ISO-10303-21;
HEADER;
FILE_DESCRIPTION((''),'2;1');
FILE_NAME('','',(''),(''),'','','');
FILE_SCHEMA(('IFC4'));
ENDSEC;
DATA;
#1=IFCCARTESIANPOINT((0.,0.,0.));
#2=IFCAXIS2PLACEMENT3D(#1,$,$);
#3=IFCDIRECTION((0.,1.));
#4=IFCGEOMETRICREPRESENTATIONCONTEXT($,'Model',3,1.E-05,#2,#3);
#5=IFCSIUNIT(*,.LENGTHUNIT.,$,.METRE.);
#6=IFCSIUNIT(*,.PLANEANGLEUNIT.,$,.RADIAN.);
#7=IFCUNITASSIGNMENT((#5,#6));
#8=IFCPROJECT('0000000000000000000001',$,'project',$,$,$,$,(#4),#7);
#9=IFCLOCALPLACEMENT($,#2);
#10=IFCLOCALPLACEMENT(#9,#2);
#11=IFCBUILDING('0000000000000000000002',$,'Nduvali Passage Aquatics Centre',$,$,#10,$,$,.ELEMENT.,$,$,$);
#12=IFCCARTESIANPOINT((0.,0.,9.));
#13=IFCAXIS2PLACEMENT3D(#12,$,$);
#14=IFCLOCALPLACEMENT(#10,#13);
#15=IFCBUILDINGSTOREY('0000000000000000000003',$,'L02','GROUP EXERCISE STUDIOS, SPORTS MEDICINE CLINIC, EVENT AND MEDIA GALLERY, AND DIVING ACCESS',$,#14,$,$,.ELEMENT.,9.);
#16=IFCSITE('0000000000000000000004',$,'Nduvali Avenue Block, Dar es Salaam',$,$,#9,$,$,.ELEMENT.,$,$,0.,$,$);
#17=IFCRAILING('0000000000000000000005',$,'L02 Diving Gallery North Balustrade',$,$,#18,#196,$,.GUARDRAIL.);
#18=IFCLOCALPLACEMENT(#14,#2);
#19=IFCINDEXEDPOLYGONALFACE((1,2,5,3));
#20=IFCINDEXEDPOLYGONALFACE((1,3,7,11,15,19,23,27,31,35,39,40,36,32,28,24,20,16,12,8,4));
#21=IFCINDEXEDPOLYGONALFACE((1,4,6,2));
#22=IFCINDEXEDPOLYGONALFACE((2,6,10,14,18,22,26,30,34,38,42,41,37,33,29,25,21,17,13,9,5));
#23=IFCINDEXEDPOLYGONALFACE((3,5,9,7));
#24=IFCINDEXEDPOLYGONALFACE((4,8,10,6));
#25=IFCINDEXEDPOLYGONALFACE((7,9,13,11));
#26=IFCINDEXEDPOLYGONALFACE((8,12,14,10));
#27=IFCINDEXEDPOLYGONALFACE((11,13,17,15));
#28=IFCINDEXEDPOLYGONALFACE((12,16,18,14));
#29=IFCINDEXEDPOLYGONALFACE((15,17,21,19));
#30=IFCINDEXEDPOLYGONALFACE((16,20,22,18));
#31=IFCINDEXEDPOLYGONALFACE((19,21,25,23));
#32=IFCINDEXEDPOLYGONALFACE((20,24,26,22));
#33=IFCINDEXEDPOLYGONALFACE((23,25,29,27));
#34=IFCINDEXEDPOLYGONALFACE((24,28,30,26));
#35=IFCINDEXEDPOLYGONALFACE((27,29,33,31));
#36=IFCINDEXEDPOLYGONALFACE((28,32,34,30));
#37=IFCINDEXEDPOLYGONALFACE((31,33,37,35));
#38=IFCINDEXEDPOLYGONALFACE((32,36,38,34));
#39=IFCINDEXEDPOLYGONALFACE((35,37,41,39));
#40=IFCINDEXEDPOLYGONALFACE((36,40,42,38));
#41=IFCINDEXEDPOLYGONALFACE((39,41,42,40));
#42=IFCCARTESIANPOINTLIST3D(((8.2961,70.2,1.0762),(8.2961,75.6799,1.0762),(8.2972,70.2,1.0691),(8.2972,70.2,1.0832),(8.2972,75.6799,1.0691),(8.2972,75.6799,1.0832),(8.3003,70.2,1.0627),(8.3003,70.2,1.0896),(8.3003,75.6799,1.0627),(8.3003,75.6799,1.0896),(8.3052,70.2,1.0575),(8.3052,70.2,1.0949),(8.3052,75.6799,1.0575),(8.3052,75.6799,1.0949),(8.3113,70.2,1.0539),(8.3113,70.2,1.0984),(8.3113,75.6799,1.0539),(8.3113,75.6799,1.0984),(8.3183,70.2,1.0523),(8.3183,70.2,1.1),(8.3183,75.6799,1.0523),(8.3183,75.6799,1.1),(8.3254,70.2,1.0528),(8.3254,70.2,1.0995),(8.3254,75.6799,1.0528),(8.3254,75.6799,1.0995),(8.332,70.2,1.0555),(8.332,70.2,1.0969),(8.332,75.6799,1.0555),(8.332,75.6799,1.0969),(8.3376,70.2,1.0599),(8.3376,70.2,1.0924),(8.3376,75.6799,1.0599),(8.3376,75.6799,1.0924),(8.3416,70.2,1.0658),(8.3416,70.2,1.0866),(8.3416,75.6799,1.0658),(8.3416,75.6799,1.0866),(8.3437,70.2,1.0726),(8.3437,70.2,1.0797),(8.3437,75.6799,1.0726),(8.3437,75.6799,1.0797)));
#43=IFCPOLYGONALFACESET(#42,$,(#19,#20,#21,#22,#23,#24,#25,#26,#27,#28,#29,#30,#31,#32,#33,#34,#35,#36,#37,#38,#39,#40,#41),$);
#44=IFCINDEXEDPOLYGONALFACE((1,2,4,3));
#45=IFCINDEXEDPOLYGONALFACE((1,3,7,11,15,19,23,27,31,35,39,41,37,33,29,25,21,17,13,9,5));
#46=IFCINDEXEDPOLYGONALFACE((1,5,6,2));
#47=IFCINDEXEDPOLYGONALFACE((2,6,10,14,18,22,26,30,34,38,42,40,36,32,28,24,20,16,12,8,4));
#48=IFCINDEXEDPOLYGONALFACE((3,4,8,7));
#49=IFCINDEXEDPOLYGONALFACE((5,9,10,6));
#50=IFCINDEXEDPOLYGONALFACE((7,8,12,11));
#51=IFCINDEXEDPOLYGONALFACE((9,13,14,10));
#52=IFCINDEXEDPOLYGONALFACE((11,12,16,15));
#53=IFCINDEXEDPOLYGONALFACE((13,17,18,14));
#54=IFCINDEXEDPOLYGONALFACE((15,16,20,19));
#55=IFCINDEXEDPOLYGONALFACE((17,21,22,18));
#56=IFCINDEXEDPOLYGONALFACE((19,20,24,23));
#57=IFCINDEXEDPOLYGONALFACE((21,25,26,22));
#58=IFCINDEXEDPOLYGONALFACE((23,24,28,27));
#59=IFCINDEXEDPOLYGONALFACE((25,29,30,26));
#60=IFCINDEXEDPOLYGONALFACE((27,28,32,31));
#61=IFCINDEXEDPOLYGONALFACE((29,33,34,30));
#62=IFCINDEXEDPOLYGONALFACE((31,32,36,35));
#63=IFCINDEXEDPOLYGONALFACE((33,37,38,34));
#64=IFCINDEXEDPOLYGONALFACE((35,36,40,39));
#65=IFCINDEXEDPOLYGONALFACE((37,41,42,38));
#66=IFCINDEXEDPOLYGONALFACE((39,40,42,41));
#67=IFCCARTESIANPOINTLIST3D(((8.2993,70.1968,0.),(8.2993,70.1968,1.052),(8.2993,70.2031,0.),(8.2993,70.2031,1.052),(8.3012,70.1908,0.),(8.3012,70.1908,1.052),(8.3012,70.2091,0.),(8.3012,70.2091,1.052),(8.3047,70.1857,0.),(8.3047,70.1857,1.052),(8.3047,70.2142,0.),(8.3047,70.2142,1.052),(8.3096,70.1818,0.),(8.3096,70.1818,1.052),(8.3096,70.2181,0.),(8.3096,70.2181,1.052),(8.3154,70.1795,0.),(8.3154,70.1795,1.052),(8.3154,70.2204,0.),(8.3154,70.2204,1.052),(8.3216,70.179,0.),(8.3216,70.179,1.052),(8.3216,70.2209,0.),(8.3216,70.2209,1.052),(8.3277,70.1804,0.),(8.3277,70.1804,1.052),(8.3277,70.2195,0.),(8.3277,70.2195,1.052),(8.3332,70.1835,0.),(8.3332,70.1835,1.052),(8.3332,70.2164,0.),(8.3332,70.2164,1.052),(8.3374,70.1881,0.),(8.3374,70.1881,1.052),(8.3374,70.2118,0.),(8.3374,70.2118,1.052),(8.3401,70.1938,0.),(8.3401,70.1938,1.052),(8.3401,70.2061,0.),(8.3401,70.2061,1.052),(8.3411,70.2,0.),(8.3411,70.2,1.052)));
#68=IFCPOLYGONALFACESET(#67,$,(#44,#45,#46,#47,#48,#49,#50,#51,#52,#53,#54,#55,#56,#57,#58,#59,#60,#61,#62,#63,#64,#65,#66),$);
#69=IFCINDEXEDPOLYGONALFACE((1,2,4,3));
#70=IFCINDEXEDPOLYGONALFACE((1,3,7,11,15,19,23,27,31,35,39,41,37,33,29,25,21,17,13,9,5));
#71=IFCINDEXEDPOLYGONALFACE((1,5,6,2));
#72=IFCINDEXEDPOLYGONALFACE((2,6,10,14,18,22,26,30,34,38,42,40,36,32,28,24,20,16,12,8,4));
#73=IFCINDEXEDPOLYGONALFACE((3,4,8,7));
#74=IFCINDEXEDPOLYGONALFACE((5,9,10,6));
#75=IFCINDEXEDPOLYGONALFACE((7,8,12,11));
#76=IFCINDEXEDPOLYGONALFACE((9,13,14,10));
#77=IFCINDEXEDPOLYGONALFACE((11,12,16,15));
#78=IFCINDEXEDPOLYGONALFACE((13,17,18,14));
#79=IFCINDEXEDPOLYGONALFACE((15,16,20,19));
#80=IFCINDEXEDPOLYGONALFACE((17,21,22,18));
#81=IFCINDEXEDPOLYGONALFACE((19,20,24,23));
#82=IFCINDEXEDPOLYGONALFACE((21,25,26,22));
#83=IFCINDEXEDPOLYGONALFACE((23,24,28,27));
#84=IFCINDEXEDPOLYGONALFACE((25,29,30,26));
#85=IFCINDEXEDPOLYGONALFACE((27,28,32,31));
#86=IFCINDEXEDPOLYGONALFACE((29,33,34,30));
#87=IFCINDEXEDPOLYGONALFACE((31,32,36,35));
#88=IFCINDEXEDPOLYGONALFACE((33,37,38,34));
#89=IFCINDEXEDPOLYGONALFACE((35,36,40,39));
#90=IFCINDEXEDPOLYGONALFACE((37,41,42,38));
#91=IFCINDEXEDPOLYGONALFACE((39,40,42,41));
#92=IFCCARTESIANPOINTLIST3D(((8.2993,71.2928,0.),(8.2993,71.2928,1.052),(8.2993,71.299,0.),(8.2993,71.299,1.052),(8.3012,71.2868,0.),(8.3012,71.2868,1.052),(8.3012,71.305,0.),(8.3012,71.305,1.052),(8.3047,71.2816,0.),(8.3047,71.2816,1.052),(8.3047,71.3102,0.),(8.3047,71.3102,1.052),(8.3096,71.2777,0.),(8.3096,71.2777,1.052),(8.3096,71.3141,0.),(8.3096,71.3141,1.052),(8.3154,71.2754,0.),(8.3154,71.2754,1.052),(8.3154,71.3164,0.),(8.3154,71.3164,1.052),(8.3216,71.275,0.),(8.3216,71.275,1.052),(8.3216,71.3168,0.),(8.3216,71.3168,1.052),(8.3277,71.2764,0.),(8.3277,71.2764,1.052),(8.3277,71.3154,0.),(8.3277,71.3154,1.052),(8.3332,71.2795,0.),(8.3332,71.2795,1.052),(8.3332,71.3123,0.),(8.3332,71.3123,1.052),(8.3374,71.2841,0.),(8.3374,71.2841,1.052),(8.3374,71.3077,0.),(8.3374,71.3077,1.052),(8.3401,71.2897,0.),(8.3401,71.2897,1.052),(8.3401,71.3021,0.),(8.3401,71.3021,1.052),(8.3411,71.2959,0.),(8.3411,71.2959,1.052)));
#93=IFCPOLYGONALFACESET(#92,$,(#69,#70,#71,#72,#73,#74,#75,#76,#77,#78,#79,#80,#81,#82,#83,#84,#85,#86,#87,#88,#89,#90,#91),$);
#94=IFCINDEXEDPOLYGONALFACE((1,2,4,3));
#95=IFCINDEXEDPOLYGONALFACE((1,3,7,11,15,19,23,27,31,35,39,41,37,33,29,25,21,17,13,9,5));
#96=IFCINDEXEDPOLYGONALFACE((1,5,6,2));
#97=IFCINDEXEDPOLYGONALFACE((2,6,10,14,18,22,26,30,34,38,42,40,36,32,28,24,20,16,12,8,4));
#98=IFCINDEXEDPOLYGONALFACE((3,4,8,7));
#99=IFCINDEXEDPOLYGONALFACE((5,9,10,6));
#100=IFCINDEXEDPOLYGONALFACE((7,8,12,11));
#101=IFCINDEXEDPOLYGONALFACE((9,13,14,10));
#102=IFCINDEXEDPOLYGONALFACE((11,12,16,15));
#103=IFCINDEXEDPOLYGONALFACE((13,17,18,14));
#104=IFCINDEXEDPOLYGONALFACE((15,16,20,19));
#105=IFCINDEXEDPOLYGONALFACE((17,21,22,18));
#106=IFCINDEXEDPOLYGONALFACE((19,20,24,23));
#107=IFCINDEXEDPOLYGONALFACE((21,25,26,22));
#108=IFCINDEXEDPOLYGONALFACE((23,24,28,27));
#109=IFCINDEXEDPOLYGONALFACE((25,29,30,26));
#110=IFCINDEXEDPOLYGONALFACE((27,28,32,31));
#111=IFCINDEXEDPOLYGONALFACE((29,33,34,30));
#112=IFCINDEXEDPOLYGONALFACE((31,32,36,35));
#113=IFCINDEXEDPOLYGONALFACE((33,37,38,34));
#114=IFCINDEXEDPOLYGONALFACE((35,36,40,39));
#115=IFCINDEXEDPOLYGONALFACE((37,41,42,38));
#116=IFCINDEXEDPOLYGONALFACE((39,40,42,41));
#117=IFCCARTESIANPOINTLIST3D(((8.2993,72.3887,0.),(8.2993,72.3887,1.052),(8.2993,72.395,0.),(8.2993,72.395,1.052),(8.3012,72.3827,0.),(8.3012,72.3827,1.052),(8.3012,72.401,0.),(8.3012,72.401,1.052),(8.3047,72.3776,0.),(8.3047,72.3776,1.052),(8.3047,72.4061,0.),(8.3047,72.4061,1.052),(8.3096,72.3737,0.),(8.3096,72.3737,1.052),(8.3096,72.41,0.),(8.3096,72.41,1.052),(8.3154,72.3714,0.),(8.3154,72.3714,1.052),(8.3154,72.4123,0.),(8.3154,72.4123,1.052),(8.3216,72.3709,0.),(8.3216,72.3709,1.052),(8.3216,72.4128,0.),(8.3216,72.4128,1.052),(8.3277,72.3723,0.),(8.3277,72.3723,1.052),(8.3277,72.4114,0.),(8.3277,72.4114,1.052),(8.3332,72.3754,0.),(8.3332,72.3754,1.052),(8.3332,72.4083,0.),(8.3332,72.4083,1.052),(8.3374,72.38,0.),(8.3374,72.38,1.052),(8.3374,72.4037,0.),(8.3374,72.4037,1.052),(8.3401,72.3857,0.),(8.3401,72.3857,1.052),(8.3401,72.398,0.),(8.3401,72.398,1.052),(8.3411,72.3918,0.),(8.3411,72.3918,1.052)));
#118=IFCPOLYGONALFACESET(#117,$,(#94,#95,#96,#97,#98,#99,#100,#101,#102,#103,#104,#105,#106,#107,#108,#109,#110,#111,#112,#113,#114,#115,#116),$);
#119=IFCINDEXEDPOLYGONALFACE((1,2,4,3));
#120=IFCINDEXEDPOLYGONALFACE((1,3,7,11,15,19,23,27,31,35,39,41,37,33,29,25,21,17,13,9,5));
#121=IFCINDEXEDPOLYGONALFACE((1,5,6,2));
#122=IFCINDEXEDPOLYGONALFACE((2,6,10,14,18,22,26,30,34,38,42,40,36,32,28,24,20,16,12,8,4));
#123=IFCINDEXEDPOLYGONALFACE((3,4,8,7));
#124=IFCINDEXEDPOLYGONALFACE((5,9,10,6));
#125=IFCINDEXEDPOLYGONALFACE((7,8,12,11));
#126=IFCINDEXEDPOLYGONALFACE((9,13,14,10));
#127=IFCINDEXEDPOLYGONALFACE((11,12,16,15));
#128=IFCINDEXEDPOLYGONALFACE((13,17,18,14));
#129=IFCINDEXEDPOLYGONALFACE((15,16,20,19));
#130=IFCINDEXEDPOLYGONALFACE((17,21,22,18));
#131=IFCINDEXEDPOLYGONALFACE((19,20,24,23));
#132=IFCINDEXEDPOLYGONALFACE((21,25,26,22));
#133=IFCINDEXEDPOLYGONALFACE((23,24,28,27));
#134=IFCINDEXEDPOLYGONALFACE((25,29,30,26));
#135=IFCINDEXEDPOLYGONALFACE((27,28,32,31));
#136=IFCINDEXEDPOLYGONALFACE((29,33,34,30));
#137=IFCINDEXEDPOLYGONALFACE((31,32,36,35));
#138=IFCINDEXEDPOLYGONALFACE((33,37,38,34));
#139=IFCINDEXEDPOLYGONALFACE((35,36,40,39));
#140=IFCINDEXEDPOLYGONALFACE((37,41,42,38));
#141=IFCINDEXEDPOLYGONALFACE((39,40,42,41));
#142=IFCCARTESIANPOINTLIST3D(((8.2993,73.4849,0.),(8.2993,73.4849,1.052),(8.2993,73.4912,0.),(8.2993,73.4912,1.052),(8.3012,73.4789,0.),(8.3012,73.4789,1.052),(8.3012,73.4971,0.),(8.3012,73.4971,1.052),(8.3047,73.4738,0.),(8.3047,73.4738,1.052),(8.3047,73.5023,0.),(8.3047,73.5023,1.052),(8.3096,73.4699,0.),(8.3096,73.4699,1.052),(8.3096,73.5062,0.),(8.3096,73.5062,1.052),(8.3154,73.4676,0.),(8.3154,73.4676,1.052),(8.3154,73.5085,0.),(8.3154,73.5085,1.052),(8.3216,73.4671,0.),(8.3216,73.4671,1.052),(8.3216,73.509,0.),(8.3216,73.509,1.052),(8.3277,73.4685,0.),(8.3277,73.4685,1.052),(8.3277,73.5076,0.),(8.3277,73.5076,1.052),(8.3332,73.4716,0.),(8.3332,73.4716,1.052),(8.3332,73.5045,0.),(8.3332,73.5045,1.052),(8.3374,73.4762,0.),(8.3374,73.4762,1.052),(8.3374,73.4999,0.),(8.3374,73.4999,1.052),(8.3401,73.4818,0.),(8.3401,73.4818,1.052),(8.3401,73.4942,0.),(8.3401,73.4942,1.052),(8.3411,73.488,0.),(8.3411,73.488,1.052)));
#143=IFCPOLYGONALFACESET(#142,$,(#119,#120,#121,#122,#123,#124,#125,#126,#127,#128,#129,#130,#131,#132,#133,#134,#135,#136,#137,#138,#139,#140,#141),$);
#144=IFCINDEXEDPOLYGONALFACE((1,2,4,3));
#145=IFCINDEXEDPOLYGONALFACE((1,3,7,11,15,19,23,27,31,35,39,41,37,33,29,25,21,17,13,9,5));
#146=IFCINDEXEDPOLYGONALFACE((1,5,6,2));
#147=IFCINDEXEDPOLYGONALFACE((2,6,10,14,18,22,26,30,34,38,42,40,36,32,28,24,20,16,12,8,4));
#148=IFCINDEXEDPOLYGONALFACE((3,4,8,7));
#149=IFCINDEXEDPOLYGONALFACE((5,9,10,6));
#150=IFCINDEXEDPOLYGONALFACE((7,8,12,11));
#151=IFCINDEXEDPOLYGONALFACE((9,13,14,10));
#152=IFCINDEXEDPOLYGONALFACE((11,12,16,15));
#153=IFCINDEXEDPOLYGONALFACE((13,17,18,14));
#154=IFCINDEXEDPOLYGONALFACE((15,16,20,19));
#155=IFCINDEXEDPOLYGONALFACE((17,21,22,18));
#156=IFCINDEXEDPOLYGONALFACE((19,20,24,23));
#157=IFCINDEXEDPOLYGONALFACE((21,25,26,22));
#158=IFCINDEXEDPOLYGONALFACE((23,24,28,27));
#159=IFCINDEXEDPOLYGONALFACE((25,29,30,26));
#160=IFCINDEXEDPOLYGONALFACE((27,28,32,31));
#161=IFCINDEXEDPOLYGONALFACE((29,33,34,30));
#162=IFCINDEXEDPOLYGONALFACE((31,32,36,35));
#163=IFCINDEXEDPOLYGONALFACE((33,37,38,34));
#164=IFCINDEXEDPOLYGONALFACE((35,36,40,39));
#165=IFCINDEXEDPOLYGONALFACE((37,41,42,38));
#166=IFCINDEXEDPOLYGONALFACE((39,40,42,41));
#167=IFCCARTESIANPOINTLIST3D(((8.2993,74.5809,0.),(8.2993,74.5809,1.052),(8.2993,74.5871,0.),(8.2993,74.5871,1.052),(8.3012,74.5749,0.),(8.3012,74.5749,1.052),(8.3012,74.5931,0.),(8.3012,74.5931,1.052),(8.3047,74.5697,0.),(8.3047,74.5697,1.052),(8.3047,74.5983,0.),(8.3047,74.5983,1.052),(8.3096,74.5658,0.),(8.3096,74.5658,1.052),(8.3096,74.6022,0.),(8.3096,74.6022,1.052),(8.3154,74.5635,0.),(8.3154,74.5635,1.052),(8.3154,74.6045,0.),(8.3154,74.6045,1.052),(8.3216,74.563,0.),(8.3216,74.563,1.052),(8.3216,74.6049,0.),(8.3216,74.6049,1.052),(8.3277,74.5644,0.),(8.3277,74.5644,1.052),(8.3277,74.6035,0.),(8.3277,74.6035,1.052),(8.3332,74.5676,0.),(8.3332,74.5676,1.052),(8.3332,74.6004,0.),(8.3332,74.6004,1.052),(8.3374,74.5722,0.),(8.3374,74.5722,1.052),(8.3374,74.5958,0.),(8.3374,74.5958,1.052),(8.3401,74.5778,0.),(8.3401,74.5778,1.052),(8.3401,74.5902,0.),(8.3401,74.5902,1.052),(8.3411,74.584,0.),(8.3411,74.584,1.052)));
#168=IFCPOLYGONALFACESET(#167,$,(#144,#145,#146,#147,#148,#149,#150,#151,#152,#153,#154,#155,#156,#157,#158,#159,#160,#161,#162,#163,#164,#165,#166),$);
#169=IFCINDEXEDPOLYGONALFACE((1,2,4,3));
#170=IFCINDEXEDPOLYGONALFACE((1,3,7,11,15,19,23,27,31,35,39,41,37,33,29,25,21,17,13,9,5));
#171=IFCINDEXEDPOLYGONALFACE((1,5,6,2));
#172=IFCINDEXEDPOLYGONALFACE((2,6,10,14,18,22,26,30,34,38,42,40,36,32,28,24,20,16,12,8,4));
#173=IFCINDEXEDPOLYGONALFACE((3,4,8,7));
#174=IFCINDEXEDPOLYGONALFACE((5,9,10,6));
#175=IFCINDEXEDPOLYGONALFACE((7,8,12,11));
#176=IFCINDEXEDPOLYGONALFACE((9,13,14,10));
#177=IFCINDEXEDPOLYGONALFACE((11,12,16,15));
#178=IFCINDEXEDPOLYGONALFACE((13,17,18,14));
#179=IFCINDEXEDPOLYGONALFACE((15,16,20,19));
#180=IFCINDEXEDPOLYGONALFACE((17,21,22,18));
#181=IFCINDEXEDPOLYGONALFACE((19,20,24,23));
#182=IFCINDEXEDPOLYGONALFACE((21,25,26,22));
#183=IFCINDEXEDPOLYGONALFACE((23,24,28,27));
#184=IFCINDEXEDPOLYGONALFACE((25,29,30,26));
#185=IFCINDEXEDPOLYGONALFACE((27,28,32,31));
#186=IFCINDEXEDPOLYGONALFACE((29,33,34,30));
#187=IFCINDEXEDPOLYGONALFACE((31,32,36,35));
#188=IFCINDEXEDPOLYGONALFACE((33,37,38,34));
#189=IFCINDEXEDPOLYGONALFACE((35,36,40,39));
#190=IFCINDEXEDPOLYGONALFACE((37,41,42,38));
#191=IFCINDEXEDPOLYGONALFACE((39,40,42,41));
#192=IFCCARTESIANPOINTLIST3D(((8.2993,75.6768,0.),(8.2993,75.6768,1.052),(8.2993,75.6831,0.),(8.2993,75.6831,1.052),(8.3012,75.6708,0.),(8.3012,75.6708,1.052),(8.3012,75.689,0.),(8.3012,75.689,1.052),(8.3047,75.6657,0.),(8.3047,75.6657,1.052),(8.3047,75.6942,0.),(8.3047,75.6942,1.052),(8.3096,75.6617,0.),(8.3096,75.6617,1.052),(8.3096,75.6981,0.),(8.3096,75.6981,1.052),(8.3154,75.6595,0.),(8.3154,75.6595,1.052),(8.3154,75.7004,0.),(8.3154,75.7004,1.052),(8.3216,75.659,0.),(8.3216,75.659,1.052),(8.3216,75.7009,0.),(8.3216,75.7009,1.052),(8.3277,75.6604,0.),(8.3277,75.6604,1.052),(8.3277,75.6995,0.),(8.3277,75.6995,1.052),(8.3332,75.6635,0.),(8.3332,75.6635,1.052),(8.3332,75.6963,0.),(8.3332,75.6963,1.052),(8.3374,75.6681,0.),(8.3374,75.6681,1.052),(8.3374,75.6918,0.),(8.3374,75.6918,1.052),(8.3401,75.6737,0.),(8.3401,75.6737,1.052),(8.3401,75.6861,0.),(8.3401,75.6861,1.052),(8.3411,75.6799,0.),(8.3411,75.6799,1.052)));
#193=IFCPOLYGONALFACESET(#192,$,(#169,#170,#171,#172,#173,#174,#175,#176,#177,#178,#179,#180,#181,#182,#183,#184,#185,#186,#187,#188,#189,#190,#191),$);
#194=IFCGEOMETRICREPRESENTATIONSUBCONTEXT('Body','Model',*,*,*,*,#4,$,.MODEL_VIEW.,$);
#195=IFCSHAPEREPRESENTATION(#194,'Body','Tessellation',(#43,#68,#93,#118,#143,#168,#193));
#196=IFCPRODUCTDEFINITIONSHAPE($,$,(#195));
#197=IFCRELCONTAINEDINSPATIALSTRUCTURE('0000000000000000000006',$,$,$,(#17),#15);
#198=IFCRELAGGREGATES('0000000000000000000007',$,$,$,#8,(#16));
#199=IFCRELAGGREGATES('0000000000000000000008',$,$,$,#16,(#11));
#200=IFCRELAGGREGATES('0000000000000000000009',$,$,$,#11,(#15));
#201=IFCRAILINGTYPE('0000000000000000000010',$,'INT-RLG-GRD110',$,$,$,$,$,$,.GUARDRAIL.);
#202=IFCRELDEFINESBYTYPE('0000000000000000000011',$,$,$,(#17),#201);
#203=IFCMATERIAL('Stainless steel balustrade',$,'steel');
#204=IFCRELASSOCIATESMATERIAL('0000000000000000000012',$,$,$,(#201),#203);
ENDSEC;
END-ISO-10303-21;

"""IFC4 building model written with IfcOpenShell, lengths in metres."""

from ifc_helpers import new_model, si_unit, direction, frame, origin, origin_2d, place, context, subcontext, project, spatial, circle, extrude, material, type_object, element, save


model = new_model("IFC4")

# Units and contexts
model_context = context("Model", 3, precision=1e-05, world=origin(), true_north=direction((0.0, 1.0)))
body_context = subcontext(model_context, "Body", "Model", "MODEL_VIEW")
ifc_project = project(units=[si_unit("LENGTHUNIT", "METRE"), si_unit("PLANEANGLEUNIT", "RADIAN")], contexts=[model_context])

# Site, building, storey
site_placement = place(None, origin())
site = spatial("IfcSite", under=ifc_project, at=site_placement, Name="Nduvali Avenue Block, Dar es Salaam", CompositionType="ELEMENT", RefElevation=0.0)
building_placement = place(site_placement, origin())
building = spatial("IfcBuilding", under=site, at=building_placement, Name="Nduvali Passage Aquatics Centre", CompositionType="ELEMENT")
storey_placement = place(building_placement, frame((0.0, 0.0, 9.0)))
storey = spatial("IfcBuildingStorey", under=building, at=storey_placement, Name="L02", Description="GROUP EXERCISE STUDIOS, SPORTS MEDICINE CLINIC, EVENT AND MEDIA GALLERY, AND DIVING ACCESS", CompositionType="ELEMENT", Elevation=9.0)

# Railing
ifc_material_1 = material(Name="Stainless steel balustrade", Category="steel")
railing_type_1 = type_object("IfcRailingType", Name="INT-RLG-GRD110", PredefinedType="GUARDRAIL", material=ifc_material_1)
railing_1_placement = place(storey_placement, frame((8.3201, 70.2, 0.0)))
element("IfcRailing", 1, at=railing_1_placement, inside=storey, type_object=railing_type_1, Name="L02 Diving Gallery North Balustrade", PredefinedType="GUARDRAIL", context=body_context, shape_type="SweptSolid", body=[
    extrude(circle(Radius=0.0239, at=origin_2d()), frame((0.0, 0.0, 1.0762), z_axis=(0.0, 1.0, 0.0), x_axis=(-1.0, 0.0, 0.0)), (0.0, 0.0, 1.0), 5.48),
    extrude(circle(Radius=0.021, at=origin_2d()), origin(), (0.0, 0.0, 1.0), 1.052),
    extrude(circle(Radius=0.021, at=origin_2d()), frame((0.0, 1.0959, 0.0)), (0.0, 0.0, 1.0), 1.052),
    extrude(circle(Radius=0.021, at=origin_2d()), frame((0.0, 2.1919, 0.0)), (0.0, 0.0, 1.0), 1.052),
    extrude(circle(Radius=0.021, at=origin_2d()), frame((0.0, 3.2881, 0.0)), (0.0, 0.0, 1.0), 1.052),
    extrude(circle(Radius=0.021, at=origin_2d()), frame((0.0, 4.384, 0.0)), (0.0, 0.0, 1.0), 1.052),
    extrude(circle(Radius=0.021, at=origin_2d()), frame((0.0, 5.48, 0.0)), (0.0, 0.0, 1.0), 1.052),
])

save(model, "model.ifc")
